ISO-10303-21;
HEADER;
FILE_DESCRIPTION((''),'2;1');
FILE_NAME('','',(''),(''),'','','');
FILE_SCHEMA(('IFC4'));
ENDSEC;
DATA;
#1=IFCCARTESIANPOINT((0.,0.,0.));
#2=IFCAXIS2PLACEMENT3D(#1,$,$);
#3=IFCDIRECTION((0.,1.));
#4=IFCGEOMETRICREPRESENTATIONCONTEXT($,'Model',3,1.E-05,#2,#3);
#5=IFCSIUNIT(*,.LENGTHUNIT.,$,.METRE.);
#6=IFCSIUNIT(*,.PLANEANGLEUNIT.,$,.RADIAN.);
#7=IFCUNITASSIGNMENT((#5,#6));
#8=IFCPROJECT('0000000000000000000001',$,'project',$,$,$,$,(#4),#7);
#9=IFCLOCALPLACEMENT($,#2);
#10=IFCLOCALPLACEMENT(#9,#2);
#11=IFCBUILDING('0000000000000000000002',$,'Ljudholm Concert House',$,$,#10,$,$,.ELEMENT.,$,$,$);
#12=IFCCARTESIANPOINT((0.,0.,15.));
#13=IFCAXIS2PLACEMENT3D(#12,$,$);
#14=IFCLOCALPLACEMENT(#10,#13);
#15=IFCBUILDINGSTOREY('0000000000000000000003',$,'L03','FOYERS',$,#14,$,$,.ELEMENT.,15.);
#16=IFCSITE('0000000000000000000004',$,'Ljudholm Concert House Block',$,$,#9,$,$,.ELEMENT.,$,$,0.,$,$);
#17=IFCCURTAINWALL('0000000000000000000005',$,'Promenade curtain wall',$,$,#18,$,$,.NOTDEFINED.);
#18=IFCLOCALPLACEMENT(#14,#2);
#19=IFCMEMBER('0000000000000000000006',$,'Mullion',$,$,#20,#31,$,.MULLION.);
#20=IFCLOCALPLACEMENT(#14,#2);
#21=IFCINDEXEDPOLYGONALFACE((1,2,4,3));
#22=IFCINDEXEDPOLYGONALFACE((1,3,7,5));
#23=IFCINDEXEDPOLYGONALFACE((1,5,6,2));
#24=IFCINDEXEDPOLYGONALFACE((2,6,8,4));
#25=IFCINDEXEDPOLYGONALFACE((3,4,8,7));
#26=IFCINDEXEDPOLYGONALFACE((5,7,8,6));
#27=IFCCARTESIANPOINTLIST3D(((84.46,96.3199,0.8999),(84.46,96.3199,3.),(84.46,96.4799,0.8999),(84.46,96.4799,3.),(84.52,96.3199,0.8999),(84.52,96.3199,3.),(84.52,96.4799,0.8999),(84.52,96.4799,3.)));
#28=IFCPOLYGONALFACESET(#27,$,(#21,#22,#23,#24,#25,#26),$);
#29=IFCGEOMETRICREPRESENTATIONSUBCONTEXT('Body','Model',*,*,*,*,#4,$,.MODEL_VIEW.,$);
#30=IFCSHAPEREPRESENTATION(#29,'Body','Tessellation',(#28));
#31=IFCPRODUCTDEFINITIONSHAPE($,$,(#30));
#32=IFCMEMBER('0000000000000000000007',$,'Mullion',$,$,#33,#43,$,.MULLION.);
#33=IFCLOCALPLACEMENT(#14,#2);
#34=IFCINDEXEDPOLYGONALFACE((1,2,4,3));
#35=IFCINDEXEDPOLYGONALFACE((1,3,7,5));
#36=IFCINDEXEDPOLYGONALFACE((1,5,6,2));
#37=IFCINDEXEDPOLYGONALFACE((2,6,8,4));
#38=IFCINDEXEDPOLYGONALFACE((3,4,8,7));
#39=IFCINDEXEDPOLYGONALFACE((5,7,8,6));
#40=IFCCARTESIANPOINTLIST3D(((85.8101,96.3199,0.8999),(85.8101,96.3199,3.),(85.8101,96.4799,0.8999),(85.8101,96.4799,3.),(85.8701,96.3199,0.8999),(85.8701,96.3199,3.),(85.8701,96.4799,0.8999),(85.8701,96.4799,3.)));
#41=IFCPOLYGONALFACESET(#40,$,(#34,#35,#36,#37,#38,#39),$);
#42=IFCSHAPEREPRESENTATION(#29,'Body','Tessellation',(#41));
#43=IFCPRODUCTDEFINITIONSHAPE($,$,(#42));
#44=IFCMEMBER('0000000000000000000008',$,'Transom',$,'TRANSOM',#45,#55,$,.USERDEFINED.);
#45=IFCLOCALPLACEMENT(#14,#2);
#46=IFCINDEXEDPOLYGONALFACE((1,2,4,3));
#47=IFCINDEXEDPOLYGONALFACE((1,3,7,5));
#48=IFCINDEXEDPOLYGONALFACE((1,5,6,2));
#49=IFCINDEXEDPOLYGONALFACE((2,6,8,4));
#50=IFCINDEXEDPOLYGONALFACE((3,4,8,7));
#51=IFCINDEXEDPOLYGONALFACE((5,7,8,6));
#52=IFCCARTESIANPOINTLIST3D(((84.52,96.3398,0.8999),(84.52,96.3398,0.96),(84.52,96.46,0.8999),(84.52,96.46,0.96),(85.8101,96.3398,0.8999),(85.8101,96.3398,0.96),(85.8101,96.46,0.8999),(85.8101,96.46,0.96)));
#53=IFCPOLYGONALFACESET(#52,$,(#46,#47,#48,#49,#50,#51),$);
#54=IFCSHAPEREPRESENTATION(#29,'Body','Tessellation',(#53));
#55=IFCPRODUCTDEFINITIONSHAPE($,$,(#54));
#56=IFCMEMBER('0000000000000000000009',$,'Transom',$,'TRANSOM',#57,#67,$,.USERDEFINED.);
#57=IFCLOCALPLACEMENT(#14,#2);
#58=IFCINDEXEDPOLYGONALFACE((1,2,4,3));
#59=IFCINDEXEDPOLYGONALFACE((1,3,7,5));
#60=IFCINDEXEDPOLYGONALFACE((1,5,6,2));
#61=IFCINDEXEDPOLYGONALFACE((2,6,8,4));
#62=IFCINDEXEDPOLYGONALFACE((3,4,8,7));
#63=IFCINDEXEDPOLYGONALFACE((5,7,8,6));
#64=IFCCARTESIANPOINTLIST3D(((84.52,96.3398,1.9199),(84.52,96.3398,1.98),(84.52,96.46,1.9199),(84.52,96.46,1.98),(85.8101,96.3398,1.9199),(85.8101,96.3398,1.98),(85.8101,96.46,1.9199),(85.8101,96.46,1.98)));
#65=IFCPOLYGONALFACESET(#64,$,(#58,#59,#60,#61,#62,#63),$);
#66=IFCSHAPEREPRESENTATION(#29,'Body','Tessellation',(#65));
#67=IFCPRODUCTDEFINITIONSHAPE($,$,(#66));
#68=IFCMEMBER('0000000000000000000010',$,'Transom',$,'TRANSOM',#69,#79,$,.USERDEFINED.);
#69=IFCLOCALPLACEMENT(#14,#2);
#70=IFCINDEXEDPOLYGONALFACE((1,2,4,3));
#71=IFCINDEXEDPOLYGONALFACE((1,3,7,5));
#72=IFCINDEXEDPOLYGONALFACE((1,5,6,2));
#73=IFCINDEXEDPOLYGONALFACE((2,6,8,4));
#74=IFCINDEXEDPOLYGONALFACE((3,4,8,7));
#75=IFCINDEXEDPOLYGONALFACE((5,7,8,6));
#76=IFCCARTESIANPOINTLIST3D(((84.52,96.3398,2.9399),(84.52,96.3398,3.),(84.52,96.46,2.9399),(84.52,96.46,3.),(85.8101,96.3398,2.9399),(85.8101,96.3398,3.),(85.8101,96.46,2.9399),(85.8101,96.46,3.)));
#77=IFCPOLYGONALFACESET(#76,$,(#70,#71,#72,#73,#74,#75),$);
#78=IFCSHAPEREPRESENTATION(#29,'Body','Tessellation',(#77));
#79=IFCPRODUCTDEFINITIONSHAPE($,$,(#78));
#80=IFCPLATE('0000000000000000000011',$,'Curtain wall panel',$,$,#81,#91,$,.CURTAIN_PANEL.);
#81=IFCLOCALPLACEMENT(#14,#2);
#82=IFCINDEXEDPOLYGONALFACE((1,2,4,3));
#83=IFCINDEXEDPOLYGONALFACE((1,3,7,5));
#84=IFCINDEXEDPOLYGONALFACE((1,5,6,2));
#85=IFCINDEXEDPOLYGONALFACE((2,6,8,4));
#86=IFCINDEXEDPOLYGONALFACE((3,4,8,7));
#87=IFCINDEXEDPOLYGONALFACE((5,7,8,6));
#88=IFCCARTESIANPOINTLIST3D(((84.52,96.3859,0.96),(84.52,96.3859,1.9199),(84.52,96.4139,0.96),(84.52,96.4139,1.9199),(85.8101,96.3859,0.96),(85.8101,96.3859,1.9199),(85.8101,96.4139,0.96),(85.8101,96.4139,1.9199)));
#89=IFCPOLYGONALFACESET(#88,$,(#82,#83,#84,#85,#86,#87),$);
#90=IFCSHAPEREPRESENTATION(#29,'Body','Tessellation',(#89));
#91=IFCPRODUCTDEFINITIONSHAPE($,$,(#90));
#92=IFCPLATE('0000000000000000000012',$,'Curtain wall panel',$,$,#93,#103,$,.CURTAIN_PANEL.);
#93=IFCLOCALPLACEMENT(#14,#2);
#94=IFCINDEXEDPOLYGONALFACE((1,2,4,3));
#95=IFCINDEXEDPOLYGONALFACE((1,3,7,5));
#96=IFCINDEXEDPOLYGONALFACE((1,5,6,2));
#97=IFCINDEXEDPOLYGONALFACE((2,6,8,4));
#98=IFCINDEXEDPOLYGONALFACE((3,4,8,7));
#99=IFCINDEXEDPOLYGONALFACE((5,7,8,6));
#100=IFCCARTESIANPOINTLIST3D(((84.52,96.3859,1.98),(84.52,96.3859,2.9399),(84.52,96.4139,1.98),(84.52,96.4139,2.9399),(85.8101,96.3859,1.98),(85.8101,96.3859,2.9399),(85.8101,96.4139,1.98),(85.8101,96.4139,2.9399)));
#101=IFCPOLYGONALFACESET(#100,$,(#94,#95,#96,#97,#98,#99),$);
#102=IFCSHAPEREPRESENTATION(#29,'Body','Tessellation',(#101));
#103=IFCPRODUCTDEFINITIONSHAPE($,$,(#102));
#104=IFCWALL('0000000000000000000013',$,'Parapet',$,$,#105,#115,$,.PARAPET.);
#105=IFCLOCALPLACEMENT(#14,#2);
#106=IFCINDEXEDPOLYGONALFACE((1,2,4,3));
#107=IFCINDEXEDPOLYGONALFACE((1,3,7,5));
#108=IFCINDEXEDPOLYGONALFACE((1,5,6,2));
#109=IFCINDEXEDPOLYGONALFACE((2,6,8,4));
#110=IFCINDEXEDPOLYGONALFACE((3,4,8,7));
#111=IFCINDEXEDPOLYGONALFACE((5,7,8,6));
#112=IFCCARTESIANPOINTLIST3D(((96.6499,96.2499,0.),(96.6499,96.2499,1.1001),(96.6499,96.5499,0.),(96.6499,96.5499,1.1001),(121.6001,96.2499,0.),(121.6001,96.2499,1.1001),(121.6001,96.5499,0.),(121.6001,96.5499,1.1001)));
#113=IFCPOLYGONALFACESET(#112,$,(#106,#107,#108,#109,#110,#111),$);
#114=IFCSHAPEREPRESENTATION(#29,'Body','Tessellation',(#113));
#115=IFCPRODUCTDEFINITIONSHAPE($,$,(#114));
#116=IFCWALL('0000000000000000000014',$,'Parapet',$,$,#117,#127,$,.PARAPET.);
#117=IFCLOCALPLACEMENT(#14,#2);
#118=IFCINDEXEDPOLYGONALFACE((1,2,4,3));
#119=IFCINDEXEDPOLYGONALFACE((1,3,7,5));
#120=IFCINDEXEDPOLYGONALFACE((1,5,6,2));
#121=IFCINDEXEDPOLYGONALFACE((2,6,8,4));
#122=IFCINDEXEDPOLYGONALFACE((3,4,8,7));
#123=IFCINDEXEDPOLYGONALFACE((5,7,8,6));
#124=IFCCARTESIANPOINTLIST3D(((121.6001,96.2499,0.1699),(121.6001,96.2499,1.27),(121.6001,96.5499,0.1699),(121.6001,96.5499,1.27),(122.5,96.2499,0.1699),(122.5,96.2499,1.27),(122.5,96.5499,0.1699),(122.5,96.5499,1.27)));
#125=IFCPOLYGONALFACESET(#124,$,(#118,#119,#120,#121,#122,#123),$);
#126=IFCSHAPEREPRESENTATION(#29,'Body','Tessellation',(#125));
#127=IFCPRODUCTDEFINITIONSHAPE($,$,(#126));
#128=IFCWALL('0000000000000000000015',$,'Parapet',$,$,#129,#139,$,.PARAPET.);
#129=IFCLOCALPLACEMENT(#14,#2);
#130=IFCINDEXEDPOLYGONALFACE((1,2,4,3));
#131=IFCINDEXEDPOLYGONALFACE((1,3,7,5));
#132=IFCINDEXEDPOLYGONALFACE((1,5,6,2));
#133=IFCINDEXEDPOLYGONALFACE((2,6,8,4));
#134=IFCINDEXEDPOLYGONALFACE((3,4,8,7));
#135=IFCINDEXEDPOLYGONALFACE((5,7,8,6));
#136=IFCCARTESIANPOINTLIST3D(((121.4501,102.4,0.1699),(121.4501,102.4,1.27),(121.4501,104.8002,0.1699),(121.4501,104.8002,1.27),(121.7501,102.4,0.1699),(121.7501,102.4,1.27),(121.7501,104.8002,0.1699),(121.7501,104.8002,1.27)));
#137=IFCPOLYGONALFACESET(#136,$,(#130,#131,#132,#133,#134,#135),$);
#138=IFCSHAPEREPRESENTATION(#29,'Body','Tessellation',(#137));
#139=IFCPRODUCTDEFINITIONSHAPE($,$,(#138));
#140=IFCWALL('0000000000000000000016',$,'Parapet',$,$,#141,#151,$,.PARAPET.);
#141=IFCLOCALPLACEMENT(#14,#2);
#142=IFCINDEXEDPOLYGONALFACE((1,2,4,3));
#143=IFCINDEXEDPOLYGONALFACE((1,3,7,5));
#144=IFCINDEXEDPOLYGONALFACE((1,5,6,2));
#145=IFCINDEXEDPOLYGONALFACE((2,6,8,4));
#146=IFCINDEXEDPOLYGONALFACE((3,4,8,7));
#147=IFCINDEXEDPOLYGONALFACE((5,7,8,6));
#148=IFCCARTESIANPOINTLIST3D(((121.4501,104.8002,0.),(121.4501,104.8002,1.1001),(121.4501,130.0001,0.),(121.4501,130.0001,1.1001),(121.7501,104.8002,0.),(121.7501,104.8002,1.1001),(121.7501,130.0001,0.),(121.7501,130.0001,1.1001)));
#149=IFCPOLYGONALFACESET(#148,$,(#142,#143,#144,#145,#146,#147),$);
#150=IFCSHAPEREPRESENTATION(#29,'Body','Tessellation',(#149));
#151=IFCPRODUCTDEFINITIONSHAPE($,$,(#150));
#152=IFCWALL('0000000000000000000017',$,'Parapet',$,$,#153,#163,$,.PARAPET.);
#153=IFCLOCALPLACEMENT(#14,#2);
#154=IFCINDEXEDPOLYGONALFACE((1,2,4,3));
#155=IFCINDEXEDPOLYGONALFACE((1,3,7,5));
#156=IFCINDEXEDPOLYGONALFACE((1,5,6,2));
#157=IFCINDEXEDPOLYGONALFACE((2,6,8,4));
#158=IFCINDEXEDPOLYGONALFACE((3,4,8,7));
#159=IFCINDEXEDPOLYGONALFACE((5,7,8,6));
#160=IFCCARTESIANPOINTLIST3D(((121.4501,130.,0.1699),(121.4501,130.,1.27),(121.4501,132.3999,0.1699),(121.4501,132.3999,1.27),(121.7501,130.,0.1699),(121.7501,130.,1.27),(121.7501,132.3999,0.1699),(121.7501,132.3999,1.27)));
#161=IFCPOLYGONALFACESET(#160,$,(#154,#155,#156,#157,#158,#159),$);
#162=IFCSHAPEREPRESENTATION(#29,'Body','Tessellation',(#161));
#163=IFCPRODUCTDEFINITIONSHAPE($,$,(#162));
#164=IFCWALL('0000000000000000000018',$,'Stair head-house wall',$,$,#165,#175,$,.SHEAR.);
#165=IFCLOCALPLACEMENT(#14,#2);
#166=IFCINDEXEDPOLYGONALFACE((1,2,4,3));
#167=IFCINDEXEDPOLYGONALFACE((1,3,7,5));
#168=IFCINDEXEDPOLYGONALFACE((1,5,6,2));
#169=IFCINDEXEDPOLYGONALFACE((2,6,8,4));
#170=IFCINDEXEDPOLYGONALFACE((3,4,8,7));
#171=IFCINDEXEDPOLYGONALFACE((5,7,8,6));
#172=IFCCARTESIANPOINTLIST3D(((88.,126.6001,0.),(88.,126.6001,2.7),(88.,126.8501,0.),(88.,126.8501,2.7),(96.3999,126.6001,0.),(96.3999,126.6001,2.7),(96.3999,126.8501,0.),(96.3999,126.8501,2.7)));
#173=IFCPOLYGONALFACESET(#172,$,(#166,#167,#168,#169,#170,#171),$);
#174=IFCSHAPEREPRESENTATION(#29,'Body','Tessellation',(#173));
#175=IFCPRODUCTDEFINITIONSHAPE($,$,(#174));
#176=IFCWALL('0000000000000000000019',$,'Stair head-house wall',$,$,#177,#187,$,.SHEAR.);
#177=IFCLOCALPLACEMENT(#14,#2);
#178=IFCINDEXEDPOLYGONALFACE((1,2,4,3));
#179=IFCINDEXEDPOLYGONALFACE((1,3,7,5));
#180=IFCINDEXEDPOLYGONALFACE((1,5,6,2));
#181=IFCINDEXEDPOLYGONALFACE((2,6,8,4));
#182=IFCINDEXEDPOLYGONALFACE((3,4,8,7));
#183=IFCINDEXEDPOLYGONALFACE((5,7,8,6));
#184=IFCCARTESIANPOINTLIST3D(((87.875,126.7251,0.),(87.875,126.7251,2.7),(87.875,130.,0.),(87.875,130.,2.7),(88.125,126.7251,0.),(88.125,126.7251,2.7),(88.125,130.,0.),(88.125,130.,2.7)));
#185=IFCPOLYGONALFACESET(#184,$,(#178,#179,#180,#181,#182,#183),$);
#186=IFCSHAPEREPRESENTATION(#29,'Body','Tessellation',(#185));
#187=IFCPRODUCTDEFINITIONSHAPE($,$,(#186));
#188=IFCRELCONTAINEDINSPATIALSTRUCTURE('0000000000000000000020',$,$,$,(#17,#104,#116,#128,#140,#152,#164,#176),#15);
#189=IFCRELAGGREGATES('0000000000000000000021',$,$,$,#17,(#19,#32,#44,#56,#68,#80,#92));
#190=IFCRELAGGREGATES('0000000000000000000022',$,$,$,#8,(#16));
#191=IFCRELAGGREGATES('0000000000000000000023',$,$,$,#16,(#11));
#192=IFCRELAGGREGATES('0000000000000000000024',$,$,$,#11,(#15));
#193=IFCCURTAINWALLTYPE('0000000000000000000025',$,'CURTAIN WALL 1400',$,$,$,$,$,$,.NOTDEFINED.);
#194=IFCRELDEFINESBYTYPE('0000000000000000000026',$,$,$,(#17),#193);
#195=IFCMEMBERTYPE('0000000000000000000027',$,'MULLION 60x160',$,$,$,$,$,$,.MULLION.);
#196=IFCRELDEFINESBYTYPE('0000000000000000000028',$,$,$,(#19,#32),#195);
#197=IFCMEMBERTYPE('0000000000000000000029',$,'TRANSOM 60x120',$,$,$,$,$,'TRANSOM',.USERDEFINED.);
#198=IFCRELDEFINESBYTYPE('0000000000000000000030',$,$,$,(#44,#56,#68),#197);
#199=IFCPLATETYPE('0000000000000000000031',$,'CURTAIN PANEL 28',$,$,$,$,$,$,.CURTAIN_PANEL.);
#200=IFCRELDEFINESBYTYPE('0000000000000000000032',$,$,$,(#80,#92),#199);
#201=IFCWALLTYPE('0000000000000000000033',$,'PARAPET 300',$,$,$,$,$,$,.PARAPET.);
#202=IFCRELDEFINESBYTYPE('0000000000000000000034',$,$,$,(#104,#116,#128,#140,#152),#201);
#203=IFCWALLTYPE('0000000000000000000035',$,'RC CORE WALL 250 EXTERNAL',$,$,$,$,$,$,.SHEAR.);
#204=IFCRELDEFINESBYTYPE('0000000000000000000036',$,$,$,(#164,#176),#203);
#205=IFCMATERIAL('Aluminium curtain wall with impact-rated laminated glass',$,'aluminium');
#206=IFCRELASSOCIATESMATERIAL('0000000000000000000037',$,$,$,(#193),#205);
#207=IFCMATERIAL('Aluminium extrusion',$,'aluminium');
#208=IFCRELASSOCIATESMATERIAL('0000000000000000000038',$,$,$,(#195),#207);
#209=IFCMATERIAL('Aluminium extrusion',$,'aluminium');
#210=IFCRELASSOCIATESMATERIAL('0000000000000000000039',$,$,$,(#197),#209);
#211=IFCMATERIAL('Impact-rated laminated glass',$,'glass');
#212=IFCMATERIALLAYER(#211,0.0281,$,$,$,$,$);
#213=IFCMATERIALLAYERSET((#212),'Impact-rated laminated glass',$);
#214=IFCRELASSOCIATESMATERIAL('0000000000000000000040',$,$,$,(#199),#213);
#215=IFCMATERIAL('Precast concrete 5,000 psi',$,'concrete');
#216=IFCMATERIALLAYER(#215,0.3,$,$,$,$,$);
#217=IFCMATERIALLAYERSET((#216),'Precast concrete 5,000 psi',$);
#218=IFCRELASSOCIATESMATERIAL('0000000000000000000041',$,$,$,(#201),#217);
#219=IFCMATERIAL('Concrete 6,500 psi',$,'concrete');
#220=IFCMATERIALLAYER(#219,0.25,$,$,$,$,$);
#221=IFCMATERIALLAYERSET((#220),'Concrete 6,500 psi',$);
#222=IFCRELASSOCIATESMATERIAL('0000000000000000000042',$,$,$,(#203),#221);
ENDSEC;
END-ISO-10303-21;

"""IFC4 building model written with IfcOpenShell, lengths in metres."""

from ifc_helpers import new_model, si_unit, direction, frame, frame_2d, origin, origin_2d, place, context, subcontext, project, spatial, rectangle, extrude, material, layer, layer_set, material_profile, profile_set, type_object, element, aggregate, save


model = new_model("IFC4")

# Units and contexts
model_context = context("Model", 3, precision=1e-05, world=origin(), true_north=direction((0.0, 1.0)))
body_context = subcontext(model_context, "Body", "Model", "MODEL_VIEW")
ifc_project = project(units=[si_unit("LENGTHUNIT", "METRE"), si_unit("PLANEANGLEUNIT", "RADIAN")], contexts=[model_context])

# Site, building, storey
site_placement = place(None, origin())
site = spatial("IfcSite", under=ifc_project, at=site_placement, Name="Ljudholm Concert House Block", CompositionType="ELEMENT", RefElevation=0.0)
building_placement = place(site_placement, origin())
building = spatial("IfcBuilding", under=site, at=building_placement, Name="Ljudholm Concert House", CompositionType="ELEMENT")
storey_placement = place(building_placement, frame((0.0, 0.0, 15.0)))
storey = spatial("IfcBuildingStorey", under=building, at=storey_placement, Name="L03", Description="FOYERS", CompositionType="ELEMENT", Elevation=15.0)

# Curtain wall, members, plates
ifc_material_1 = material(Name="Aluminium curtain wall with impact-rated laminated glass", Category="aluminium")
curtain_wall_type = type_object("IfcCurtainWallType", Name="CURTAIN WALL 1400", PredefinedType="NOTDEFINED", material=ifc_material_1)
curtain_wall_placement = place(storey_placement, origin())
curtain_wall = element("IfcCurtainWall", 1, at=curtain_wall_placement, inside=storey, type_object=curtain_wall_type, Name="Promenade curtain wall", PredefinedType="NOTDEFINED")
ifc_material_2 = material(Name="Aluminium extrusion", Category="aluminium")
ifc_material_profile_1 = material_profile(ifc_material_2, rectangle(XDim=0.1599, YDim=0.0601, at=origin_2d()), Name="MULLION 60x160")
ifc_profile_set_1 = profile_set([ifc_material_profile_1], Name="Aluminium extrusion")
member_type_1 = type_object("IfcMemberType", Name="MULLION 60x160", PredefinedType="MULLION", material=ifc_profile_set_1)
member_1_placement = place(storey_placement, frame((84.49, 96.3999, 0.8999), z_axis=(0.0, 0.0, 1.0), x_axis=(0.0, 1.0, 0.0)))
member_1 = element("IfcMember", 2, at=member_1_placement, type_object=member_type_1, Name="Mullion", PredefinedType="MULLION", context=body_context, shape_type="SweptSolid", body=[
    extrude(rectangle(XDim=0.1599, YDim=0.0601, at=origin_2d()), origin(), (0.0, 0.0, 1.0), 2.1001),
])
member_2_placement = place(storey_placement, frame((85.8401, 96.3999, 0.8999), z_axis=(0.0, 0.0, 1.0), x_axis=(0.0, 1.0, 0.0)))
member_2 = element("IfcMember", 3, at=member_2_placement, type_object=member_type_1, Name="Mullion", PredefinedType="MULLION", context=body_context, shape_type="SweptSolid", body=[
    extrude(rectangle(XDim=0.1599, YDim=0.0601, at=origin_2d()), origin(), (0.0, 0.0, 1.0), 2.1001),
])
ifc_material_3 = material(Name="Aluminium extrusion", Category="aluminium")
ifc_material_profile_2 = material_profile(ifc_material_3, rectangle(XDim=0.1201, YDim=0.0601, at=origin_2d()), Name="TRANSOM 60x120")
ifc_profile_set_2 = profile_set([ifc_material_profile_2], Name="Aluminium extrusion")
member_type_2 = type_object("IfcMemberType", Name="TRANSOM 60x120", ElementType="TRANSOM", PredefinedType="USERDEFINED", material=ifc_profile_set_2)
member_3_placement = place(storey_placement, frame((84.52, 96.3999, 0.9299), z_axis=(1.0, 0.0, 0.0), x_axis=(0.0, 1.0, 0.0)))
member_3 = element("IfcMember", 4, at=member_3_placement, type_object=member_type_2, Name="Transom", ObjectType="TRANSOM", PredefinedType="USERDEFINED", context=body_context, shape_type="SweptSolid", body=[
    extrude(rectangle(XDim=0.1201, YDim=0.0601, at=origin_2d()), origin(), (0.0, 0.0, 1.0), 1.29),
])
member_4_placement = place(storey_placement, frame((84.52, 96.3999, 1.95), z_axis=(1.0, 0.0, 0.0), x_axis=(0.0, 1.0, 0.0)))
member_4 = element("IfcMember", 5, at=member_4_placement, type_object=member_type_2, Name="Transom", ObjectType="TRANSOM", PredefinedType="USERDEFINED", context=body_context, shape_type="SweptSolid", body=[
    extrude(rectangle(XDim=0.1201, YDim=0.0601, at=origin_2d()), origin(), (0.0, 0.0, 1.0), 1.29),
])
member_5_placement = place(storey_placement, frame((84.52, 96.3999, 2.97), z_axis=(1.0, 0.0, 0.0), x_axis=(0.0, 1.0, 0.0)))
member_5 = element("IfcMember", 6, at=member_5_placement, type_object=member_type_2, Name="Transom", ObjectType="TRANSOM", PredefinedType="USERDEFINED", context=body_context, shape_type="SweptSolid", body=[
    extrude(rectangle(XDim=0.1201, YDim=0.0601, at=origin_2d()), origin(), (0.0, 0.0, 1.0), 1.29),
])
ifc_material_4 = material(Name="Impact-rated laminated glass", Category="glass")
ifc_layer_1 = layer(ifc_material_4, 0.0281)
ifc_layer_set_1 = layer_set([ifc_layer_1], Name="Impact-rated laminated glass")
plate_type = type_object("IfcPlateType", Name="CURTAIN PANEL 28", PredefinedType="CURTAIN_PANEL", material=ifc_layer_set_1)
plate_1_placement = place(storey_placement, frame((85.165, 96.3999, 0.96), z_axis=(0.0, 0.0, 1.0), x_axis=(1.0, 0.0, 0.0)))
plate_1 = element("IfcPlate", 7, at=plate_1_placement, type_object=plate_type, Name="Curtain wall panel", PredefinedType="CURTAIN_PANEL", context=body_context, shape_type="SweptSolid", body=[
    extrude(rectangle(XDim=1.29, YDim=0.0281, at=origin_2d()), origin(), (0.0, 0.0, 1.0), 0.96),
])
plate_2_placement = place(storey_placement, frame((85.165, 96.3999, 1.98), z_axis=(0.0, 0.0, 1.0), x_axis=(1.0, 0.0, 0.0)))
plate_2 = element("IfcPlate", 8, at=plate_2_placement, type_object=plate_type, Name="Curtain wall panel", PredefinedType="CURTAIN_PANEL", context=body_context, shape_type="SweptSolid", body=[
    extrude(rectangle(XDim=1.29, YDim=0.0281, at=origin_2d()), origin(), (0.0, 0.0, 1.0), 0.96),
])
aggregate(curtain_wall, [member_1, member_2, member_3, member_4, member_5, plate_1, plate_2])

# Walls
ifc_material_5 = material(Name="Precast concrete 5,000 psi", Category="concrete")
ifc_layer_2 = layer(ifc_material_5, 0.3)
ifc_layer_set_2 = layer_set([ifc_layer_2], Name="Precast concrete 5,000 psi")
wall_type_1 = type_object("IfcWallType", Name="PARAPET 300", PredefinedType="PARAPET", material=ifc_layer_set_2)
wall_1_placement = place(storey_placement, frame((96.6499, 96.3999, 0.0), z_axis=(0.0, 0.0, 1.0), x_axis=(1.0, 0.0, 0.0)))
element("IfcWall", 9, at=wall_1_placement, inside=storey, type_object=wall_type_1, Name="Parapet", PredefinedType="PARAPET", context=body_context, shape_type="SweptSolid", body=[
    extrude(rectangle(XDim=24.9502, YDim=0.3, at=frame_2d((12.4751, 0.0))), origin(), (0.0, 0.0, 1.0), 1.1001),
])
wall_2_placement = place(storey_placement, frame((121.6001, 96.3999, 0.1699), z_axis=(0.0, 0.0, 1.0), x_axis=(1.0, 0.0, 0.0)))
element("IfcWall", 10, at=wall_2_placement, inside=storey, type_object=wall_type_1, Name="Parapet", PredefinedType="PARAPET", context=body_context, shape_type="SweptSolid", body=[
    extrude(rectangle(XDim=0.8999, YDim=0.3, at=frame_2d((0.45, 0.0))), origin(), (0.0, 0.0, 1.0), 1.1001),
])
wall_3_placement = place(storey_placement, frame((121.6001, 102.3999, 0.1699), z_axis=(0.0, 0.0, 1.0), x_axis=(0.0, 1.0, 0.0)))
element("IfcWall", 11, at=wall_3_placement, inside=storey, type_object=wall_type_1, Name="Parapet", PredefinedType="PARAPET", context=body_context, shape_type="SweptSolid", body=[
    extrude(rectangle(XDim=2.4001, YDim=0.3, at=frame_2d((1.2002, 0.0))), origin(), (0.0, 0.0, 1.0), 1.1001),
])
wall_4_placement = place(storey_placement, frame((121.6001, 104.8, 0.0), z_axis=(0.0, 0.0, 1.0), x_axis=(0.0, 1.0, 0.0)))
element("IfcWall", 12, at=wall_4_placement, inside=storey, type_object=wall_type_1, Name="Parapet", PredefinedType="PARAPET", context=body_context, shape_type="SweptSolid", body=[
    extrude(rectangle(XDim=25.2, YDim=0.3, at=frame_2d((12.6001, 0.0))), origin(), (0.0, 0.0, 1.0), 1.1001),
])
wall_5_placement = place(storey_placement, frame((121.6001, 130.0, 0.1699), z_axis=(0.0, 0.0, 1.0), x_axis=(0.0, 1.0, 0.0)))
element("IfcWall", 13, at=wall_5_placement, inside=storey, type_object=wall_type_1, Name="Parapet", PredefinedType="PARAPET", context=body_context, shape_type="SweptSolid", body=[
    extrude(rectangle(XDim=2.3999, YDim=0.3, at=frame_2d((1.2, 0.0))), origin(), (0.0, 0.0, 1.0), 1.1001),
])
ifc_material_6 = material(Name="Concrete 6,500 psi", Category="concrete")
ifc_layer_3 = layer(ifc_material_6, 0.25)
ifc_layer_set_3 = layer_set([ifc_layer_3], Name="Concrete 6,500 psi")
wall_type_2 = type_object("IfcWallType", Name="RC CORE WALL 250 EXTERNAL", PredefinedType="SHEAR", material=ifc_layer_set_3)
wall_6_placement = place(storey_placement, frame((88.0, 126.7251, 0.0), z_axis=(0.0, 0.0, 1.0), x_axis=(1.0, 0.0, 0.0)))
element("IfcWall", 14, at=wall_6_placement, inside=storey, type_object=wall_type_2, Name="Stair head-house wall", PredefinedType="SHEAR", context=body_context, shape_type="SweptSolid", body=[
    extrude(rectangle(XDim=8.3999, YDim=0.25, at=frame_2d((4.2, 0.0))), origin(), (0.0, 0.0, 1.0), 2.7),
])
wall_7_placement = place(storey_placement, frame((88.0, 126.7251, 0.0), z_axis=(0.0, 0.0, 1.0), x_axis=(0.0, 1.0, 0.0)))
element("IfcWall", 15, at=wall_7_placement, inside=storey, type_object=wall_type_2, Name="Stair head-house wall", PredefinedType="SHEAR", context=body_context, shape_type="SweptSolid", body=[
    extrude(rectangle(XDim=3.2749, YDim=0.25, at=frame_2d((1.6375, 0.0))), origin(), (0.0, 0.0, 1.0), 2.7),
])

save(model, "model.ifc")
